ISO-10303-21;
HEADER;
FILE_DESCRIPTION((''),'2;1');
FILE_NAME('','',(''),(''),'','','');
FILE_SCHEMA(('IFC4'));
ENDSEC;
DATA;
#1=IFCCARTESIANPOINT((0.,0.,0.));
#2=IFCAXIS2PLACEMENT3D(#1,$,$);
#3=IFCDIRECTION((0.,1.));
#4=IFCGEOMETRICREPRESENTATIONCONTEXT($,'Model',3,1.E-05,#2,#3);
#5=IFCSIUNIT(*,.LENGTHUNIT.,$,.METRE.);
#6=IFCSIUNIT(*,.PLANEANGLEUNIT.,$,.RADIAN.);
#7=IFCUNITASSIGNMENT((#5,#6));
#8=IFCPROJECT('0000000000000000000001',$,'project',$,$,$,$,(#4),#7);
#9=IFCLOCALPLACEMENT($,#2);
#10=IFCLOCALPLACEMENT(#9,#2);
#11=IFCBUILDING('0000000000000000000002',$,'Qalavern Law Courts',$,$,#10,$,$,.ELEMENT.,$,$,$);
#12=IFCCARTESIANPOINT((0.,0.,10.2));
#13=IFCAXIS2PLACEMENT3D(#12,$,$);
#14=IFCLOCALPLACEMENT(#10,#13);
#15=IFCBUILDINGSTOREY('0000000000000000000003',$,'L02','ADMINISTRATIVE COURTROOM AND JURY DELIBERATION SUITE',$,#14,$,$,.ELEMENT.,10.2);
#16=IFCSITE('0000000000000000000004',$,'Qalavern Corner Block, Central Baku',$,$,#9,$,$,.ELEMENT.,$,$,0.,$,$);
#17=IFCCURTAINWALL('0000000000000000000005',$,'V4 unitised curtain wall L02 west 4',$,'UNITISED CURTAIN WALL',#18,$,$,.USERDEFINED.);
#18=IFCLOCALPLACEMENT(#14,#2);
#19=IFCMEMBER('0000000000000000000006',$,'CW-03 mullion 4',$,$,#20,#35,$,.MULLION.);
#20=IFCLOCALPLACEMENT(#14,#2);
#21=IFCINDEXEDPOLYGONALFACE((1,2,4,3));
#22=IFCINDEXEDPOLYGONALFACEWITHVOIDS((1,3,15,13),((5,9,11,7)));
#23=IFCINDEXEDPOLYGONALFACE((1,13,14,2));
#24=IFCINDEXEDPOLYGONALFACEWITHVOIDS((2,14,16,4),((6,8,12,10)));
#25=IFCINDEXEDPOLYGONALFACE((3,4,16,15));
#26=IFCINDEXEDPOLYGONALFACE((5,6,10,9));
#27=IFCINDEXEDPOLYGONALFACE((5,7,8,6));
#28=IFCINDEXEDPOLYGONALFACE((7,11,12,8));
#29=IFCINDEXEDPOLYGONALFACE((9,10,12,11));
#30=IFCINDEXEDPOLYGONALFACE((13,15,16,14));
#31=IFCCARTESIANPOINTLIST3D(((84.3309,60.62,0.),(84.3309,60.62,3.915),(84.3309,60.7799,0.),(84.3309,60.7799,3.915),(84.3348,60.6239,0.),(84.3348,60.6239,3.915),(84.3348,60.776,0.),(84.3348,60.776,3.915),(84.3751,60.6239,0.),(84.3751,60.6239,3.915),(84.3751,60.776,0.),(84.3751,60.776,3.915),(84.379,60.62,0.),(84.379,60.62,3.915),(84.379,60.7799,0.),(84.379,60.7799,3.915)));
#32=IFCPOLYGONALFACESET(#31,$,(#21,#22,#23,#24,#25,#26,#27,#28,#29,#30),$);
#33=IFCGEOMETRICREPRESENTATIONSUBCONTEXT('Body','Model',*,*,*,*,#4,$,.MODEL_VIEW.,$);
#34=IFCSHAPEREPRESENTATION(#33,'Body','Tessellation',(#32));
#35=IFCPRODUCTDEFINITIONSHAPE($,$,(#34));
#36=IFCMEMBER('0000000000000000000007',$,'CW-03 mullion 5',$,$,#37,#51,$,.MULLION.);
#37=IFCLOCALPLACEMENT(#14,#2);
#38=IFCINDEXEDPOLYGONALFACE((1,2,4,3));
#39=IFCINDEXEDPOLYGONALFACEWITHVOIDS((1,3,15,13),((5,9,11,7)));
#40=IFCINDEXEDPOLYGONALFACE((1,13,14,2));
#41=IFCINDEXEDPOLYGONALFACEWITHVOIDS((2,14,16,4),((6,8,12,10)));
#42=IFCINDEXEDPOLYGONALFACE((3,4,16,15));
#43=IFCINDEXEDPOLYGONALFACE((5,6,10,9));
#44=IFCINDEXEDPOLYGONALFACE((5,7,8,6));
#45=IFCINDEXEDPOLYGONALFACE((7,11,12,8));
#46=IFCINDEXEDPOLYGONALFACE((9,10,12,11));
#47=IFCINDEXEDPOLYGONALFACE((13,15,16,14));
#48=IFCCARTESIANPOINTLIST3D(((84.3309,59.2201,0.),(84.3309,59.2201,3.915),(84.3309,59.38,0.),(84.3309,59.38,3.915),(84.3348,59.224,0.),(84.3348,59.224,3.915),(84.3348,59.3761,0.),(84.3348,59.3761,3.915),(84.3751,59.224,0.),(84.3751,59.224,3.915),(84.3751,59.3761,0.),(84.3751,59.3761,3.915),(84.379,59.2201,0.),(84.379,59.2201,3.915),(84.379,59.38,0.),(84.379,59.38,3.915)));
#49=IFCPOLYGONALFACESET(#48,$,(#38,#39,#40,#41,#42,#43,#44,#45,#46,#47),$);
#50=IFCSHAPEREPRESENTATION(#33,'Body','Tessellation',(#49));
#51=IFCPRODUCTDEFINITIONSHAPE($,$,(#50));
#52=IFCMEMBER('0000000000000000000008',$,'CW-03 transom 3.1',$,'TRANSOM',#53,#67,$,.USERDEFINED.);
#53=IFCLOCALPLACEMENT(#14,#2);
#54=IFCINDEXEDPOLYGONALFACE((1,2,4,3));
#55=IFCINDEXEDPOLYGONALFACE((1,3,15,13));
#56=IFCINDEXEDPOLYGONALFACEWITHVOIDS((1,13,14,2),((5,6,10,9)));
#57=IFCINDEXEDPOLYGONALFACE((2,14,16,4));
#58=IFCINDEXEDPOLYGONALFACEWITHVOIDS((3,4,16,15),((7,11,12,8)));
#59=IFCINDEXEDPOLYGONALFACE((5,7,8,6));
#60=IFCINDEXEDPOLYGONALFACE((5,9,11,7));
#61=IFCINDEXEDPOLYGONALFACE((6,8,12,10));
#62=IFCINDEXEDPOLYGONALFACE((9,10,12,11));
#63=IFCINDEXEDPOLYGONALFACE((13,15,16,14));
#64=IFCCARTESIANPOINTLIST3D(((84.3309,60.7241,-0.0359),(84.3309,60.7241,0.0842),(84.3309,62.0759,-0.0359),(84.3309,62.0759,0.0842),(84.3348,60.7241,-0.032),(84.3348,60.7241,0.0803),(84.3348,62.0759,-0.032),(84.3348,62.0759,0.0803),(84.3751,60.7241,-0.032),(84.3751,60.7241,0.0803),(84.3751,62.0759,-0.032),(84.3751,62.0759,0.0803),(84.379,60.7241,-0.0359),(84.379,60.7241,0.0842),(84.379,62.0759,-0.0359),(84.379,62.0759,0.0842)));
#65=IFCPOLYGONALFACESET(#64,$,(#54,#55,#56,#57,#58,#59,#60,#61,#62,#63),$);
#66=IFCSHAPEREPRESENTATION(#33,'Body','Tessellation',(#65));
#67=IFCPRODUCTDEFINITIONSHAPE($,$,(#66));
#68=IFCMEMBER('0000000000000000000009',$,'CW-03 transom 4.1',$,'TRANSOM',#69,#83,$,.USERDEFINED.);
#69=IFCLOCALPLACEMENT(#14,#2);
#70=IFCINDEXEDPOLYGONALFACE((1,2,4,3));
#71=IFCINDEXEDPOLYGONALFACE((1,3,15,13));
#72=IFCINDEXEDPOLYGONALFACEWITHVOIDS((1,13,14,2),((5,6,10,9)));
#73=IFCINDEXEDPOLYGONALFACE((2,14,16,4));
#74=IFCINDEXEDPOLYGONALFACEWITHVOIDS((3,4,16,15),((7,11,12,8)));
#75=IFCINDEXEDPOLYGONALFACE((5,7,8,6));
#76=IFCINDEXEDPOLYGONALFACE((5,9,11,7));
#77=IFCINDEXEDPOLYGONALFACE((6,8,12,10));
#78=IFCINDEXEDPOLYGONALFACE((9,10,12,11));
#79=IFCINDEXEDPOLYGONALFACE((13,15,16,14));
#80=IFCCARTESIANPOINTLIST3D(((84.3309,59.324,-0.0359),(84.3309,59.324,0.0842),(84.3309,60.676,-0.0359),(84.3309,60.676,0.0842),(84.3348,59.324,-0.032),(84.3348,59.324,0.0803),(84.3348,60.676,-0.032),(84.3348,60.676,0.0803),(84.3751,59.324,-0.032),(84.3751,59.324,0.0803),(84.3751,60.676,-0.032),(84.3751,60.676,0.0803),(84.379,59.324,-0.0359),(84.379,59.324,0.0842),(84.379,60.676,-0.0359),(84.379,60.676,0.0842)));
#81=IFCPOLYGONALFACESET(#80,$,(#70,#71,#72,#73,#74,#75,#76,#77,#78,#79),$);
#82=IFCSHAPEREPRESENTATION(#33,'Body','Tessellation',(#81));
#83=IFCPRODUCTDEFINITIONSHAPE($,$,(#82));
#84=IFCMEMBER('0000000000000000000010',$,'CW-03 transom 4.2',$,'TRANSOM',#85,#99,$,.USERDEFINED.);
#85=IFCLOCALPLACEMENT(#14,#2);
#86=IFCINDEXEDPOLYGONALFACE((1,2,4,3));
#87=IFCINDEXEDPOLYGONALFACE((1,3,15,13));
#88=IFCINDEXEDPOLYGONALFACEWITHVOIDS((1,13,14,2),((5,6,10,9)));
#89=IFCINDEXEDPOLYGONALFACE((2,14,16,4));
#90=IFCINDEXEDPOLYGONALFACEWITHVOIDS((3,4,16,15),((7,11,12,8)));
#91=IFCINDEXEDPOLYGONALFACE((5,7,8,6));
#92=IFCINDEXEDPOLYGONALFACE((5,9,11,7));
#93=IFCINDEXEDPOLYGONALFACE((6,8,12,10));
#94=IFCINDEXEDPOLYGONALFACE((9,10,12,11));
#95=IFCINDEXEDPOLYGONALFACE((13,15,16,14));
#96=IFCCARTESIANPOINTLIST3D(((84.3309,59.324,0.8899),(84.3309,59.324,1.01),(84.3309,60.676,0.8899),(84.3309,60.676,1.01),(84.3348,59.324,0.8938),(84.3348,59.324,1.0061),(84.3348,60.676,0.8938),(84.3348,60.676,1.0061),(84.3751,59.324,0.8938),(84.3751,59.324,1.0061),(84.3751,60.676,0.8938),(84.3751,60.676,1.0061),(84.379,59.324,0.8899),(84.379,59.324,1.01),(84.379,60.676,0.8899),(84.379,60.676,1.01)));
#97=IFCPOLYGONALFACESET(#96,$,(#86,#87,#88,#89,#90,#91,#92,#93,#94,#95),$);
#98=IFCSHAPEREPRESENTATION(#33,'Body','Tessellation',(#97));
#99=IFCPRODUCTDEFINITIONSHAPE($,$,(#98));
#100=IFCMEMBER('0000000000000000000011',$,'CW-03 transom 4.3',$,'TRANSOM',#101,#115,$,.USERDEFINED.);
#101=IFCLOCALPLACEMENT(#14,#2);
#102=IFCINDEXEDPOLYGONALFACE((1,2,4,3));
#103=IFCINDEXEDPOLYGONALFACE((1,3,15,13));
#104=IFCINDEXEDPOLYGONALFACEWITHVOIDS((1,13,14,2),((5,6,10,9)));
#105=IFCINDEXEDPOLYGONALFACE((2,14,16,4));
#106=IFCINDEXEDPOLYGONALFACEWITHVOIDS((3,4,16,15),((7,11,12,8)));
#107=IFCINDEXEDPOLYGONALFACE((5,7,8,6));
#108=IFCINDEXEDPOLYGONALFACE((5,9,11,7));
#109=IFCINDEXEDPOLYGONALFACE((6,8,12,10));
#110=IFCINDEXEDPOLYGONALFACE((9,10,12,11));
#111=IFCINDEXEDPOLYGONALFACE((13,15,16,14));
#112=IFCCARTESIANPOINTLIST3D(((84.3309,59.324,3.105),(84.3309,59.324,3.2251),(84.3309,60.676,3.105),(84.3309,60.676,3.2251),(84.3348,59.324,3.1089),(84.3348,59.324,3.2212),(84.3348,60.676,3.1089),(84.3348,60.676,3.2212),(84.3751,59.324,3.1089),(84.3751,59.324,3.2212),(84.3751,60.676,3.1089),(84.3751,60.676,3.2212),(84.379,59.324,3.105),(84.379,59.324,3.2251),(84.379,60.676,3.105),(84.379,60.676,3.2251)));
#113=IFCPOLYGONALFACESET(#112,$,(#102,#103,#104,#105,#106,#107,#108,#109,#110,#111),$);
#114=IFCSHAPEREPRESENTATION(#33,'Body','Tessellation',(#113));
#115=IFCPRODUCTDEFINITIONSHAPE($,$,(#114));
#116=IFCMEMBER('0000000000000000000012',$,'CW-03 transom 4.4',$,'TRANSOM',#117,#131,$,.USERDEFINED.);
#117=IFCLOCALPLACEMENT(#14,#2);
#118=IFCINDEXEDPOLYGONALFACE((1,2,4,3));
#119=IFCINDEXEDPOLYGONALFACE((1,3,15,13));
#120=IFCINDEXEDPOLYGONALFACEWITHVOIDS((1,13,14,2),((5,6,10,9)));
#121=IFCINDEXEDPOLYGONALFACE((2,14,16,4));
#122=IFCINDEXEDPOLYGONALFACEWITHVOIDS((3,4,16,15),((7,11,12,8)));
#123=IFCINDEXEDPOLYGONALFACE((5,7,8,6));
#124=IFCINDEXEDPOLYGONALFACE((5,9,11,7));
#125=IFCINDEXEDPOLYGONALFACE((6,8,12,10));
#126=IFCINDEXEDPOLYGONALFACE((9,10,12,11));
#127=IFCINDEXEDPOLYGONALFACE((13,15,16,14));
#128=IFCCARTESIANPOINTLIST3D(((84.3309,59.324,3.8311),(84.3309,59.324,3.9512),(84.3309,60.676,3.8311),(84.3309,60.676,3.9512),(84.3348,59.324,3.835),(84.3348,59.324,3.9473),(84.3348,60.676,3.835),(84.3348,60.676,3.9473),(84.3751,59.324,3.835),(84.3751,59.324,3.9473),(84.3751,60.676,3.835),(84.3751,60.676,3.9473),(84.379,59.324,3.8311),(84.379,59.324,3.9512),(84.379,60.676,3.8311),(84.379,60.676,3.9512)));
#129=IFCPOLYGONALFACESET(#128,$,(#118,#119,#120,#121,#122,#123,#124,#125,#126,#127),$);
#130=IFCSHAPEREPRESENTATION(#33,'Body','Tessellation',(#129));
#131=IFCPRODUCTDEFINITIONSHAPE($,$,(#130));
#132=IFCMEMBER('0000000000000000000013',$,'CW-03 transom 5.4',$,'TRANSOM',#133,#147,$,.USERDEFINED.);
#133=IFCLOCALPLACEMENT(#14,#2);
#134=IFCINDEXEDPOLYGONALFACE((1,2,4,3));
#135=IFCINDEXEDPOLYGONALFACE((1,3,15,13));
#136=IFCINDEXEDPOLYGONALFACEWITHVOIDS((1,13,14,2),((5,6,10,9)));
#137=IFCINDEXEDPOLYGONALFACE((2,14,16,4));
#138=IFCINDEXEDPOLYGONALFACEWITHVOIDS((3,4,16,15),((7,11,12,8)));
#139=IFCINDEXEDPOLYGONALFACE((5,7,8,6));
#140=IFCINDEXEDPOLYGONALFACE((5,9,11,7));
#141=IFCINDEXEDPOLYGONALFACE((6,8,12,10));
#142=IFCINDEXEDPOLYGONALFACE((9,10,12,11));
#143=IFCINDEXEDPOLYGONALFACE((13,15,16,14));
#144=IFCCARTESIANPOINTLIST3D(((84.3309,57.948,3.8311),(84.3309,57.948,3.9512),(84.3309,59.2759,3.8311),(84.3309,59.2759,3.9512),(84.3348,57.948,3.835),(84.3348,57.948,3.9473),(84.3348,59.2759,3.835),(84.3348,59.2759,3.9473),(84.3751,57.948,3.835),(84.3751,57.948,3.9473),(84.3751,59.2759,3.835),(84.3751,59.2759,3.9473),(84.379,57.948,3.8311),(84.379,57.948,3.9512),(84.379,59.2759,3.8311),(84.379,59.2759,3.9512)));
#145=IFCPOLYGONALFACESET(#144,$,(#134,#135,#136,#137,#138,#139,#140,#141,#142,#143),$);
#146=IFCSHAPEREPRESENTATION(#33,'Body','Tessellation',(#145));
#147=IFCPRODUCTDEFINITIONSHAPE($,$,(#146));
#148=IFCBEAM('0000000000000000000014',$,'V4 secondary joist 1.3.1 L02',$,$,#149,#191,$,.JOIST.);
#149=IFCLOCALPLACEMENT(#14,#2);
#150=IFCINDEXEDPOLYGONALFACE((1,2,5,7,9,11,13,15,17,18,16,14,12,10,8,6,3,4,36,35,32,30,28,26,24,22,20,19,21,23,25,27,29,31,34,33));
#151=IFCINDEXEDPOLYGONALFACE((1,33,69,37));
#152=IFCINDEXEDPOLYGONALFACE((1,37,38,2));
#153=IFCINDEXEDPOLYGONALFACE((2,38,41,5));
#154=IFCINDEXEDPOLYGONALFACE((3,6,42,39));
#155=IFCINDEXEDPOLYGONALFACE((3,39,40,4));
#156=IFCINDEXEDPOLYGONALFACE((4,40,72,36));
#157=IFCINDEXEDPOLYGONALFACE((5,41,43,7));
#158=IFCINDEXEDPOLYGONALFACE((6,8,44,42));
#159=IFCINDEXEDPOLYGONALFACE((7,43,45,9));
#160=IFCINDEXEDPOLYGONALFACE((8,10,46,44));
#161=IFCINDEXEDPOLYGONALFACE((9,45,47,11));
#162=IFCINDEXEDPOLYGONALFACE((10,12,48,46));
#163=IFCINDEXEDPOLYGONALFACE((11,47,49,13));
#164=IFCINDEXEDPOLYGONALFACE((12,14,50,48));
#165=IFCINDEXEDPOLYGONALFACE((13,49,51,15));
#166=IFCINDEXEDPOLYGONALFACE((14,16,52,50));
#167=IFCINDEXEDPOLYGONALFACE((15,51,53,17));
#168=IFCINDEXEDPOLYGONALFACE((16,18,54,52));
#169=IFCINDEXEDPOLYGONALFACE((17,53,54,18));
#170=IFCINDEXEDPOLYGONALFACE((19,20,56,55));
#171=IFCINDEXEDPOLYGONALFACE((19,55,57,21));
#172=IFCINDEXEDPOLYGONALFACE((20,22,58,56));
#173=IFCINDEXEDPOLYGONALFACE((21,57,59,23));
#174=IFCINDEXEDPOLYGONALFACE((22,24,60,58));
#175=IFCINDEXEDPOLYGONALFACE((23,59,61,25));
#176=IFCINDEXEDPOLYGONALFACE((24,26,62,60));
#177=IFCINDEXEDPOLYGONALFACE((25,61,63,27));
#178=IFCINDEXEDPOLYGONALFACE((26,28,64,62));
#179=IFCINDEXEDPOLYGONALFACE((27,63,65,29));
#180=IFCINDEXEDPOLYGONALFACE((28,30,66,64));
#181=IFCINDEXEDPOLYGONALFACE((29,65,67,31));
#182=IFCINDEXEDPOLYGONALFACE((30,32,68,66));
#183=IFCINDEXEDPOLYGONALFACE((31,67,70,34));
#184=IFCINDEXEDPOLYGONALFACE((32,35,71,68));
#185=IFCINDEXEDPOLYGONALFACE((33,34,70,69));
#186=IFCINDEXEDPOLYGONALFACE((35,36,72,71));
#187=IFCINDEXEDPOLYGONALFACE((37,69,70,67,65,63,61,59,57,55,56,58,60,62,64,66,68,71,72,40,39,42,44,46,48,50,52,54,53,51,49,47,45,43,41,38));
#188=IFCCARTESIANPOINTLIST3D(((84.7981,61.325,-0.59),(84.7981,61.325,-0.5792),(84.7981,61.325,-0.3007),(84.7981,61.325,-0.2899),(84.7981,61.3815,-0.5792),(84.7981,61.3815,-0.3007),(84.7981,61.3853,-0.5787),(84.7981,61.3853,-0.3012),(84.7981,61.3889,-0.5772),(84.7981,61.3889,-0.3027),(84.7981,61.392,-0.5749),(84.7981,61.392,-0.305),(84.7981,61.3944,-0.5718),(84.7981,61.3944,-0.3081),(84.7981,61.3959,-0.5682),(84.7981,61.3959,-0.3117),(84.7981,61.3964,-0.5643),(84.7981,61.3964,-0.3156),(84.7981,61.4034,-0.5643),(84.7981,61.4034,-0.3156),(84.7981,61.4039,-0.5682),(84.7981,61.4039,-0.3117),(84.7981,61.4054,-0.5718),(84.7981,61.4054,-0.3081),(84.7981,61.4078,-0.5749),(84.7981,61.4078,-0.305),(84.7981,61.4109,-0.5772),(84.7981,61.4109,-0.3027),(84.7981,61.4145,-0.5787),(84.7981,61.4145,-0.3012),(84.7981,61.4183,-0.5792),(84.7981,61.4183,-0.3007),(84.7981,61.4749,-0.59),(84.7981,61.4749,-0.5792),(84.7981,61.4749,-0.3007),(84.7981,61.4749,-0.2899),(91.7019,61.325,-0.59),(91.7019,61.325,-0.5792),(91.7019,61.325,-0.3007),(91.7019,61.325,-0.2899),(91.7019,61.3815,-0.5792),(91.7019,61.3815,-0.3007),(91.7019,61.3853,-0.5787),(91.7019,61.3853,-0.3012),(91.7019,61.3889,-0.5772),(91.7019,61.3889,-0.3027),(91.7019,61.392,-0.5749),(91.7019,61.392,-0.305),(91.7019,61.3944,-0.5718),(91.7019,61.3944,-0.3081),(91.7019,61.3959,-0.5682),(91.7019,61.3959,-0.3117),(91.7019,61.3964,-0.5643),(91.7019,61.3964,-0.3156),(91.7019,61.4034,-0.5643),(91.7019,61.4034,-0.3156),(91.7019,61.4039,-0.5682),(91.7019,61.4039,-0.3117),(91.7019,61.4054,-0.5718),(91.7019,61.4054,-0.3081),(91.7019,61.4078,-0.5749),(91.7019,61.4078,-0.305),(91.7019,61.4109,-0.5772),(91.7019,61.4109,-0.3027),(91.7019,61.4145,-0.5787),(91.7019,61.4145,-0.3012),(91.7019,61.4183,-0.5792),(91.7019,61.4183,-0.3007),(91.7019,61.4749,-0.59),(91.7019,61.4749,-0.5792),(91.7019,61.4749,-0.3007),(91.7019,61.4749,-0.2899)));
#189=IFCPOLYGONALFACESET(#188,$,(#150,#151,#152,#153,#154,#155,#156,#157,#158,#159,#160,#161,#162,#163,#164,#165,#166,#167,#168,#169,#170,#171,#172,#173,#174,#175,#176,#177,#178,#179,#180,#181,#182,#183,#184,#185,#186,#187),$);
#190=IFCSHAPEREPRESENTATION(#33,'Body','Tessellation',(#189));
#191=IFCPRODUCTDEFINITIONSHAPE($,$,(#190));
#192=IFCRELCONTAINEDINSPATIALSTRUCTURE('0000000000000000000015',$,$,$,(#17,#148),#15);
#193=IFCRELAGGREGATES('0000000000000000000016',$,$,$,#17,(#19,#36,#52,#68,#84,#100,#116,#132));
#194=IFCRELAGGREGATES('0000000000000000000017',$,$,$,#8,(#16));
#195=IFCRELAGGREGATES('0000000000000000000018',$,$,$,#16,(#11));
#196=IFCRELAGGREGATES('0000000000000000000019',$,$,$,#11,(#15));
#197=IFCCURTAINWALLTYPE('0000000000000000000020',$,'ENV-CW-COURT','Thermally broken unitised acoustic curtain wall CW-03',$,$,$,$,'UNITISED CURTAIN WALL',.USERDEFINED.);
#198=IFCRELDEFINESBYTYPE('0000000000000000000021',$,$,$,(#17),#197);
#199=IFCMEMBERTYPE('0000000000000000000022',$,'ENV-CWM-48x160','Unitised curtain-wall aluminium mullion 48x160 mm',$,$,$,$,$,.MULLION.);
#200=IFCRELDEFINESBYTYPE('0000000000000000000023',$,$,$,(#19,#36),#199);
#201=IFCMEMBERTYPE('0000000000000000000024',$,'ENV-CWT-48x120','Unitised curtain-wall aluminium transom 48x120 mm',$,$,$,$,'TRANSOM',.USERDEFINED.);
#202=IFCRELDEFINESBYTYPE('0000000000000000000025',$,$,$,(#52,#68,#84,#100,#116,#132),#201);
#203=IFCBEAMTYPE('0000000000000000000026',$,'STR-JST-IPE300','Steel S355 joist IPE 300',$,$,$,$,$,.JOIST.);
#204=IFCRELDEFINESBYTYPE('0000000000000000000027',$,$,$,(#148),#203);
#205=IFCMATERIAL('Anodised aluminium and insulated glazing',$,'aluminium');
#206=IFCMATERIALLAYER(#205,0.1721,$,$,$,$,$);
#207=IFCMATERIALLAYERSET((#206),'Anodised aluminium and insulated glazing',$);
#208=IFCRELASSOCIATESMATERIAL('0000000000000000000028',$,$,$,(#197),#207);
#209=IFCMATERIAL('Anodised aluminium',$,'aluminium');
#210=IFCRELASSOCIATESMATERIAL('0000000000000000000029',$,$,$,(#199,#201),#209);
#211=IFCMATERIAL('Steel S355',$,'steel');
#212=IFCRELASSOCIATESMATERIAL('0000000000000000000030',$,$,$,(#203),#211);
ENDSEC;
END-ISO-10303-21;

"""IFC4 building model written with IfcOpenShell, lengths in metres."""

from ifc_helpers import new_model, si_unit, direction, frame, origin, origin_2d, place, context, subcontext, project, spatial, hollow_rectangle, i_section, extrude, material, layer, layer_set, material_profile, profile_set, type_object, element, aggregate, save


model = new_model("IFC4")

# Units and contexts
model_context = context("Model", 3, precision=1e-05, world=origin(), true_north=direction((0.0, 1.0)))
body_context = subcontext(model_context, "Body", "Model", "MODEL_VIEW")
ifc_project = project(units=[si_unit("LENGTHUNIT", "METRE"), si_unit("PLANEANGLEUNIT", "RADIAN")], contexts=[model_context])

# Site, building, storey
site_placement = place(None, origin())
site = spatial("IfcSite", under=ifc_project, at=site_placement, Name="Qalavern Corner Block, Central Baku", CompositionType="ELEMENT", RefElevation=0.0)
building_placement = place(site_placement, origin())
building = spatial("IfcBuilding", under=site, at=building_placement, Name="Qalavern Law Courts", CompositionType="ELEMENT")
storey_placement = place(building_placement, frame((0.0, 0.0, 10.2)))
storey = spatial("IfcBuildingStorey", under=building, at=storey_placement, Name="L02", Description="ADMINISTRATIVE COURTROOM AND JURY DELIBERATION SUITE", CompositionType="ELEMENT", Elevation=10.2)

# Curtain wall, members
ifc_material_1 = material(Name="Anodised aluminium and insulated glazing", Category="aluminium")
ifc_layer_1 = layer(ifc_material_1, 0.1721)
ifc_layer_set_1 = layer_set([ifc_layer_1], Name="Anodised aluminium and insulated glazing")
curtain_wall_type = type_object("IfcCurtainWallType", Name="ENV-CW-COURT", Description="Thermally broken unitised acoustic curtain wall CW-03", ElementType="UNITISED CURTAIN WALL", PredefinedType="USERDEFINED", material=ifc_layer_set_1)
curtain_wall_placement = place(storey_placement, origin())
curtain_wall = element("IfcCurtainWall", 1, at=curtain_wall_placement, inside=storey, type_object=curtain_wall_type, Name="V4 unitised curtain wall L02 west 4", ObjectType="UNITISED CURTAIN WALL", PredefinedType="USERDEFINED")
ifc_material_2 = material(Name="Anodised aluminium", Category="aluminium")
ifc_material_profile_1 = material_profile(ifc_material_2, hollow_rectangle(XDim=0.0481, YDim=0.1599, WallThickness=0.0039, at=origin_2d()), Name="ALU MULLION 48x160")
ifc_profile_set_1 = profile_set([ifc_material_profile_1], Name="Anodised aluminium")
member_type_1 = type_object("IfcMemberType", Name="ENV-CWM-48x160", Description="Unitised curtain-wall aluminium mullion 48x160 mm", PredefinedType="MULLION", material=ifc_profile_set_1)
member_1_placement = place(storey_placement, frame((84.355, 60.7, 0.0), z_axis=(0.0, 0.0, 1.0), x_axis=(1.0, 0.0, 0.0)))
member_1 = element("IfcMember", 2, at=member_1_placement, type_object=member_type_1, Name="CW-03 mullion 4", PredefinedType="MULLION", context=body_context, shape_type="SweptSolid", body=[
    extrude(hollow_rectangle(XDim=0.0481, YDim=0.1599, WallThickness=0.0039, at=origin_2d()), origin(), (0.0, 0.0, 1.0), 3.915),
])
member_2_placement = place(storey_placement, frame((84.355, 59.3, 0.0), z_axis=(0.0, 0.0, 1.0), x_axis=(1.0, 0.0, 0.0)))
member_2 = element("IfcMember", 3, at=member_2_placement, type_object=member_type_1, Name="CW-03 mullion 5", PredefinedType="MULLION", context=body_context, shape_type="SweptSolid", body=[
    extrude(hollow_rectangle(XDim=0.0481, YDim=0.1599, WallThickness=0.0039, at=origin_2d()), origin(), (0.0, 0.0, 1.0), 3.915),
])
ifc_material_profile_2 = material_profile(ifc_material_2, hollow_rectangle(XDim=0.0481, YDim=0.1201, WallThickness=0.0039, at=origin_2d()), Name="ALU TRANSOM 48x120")
ifc_profile_set_2 = profile_set([ifc_material_profile_2], Name="Anodised aluminium")
member_type_2 = type_object("IfcMemberType", Name="ENV-CWT-48x120", Description="Unitised curtain-wall aluminium transom 48x120 mm", ElementType="TRANSOM", PredefinedType="USERDEFINED", material=ifc_profile_set_2)
member_3_placement = place(storey_placement, frame((84.355, 62.0759, 0.0242), z_axis=(0.0, -1.0, 0.0), x_axis=(1.0, 0.0, 0.0)))
member_3 = element("IfcMember", 4, at=member_3_placement, type_object=member_type_2, Name="CW-03 transom 3.1", ObjectType="TRANSOM", PredefinedType="USERDEFINED", context=body_context, shape_type="SweptSolid", body=[
    extrude(hollow_rectangle(XDim=0.0481, YDim=0.1201, WallThickness=0.0039, at=origin_2d()), origin(), (0.0, 0.0, 1.0), 1.3518),
])
member_4_placement = place(storey_placement, frame((84.355, 60.676, 0.0242), z_axis=(0.0, -1.0, 0.0), x_axis=(1.0, 0.0, 0.0)))
member_4 = element("IfcMember", 5, at=member_4_placement, type_object=member_type_2, Name="CW-03 transom 4.1", ObjectType="TRANSOM", PredefinedType="USERDEFINED", context=body_context, shape_type="SweptSolid", body=[
    extrude(hollow_rectangle(XDim=0.0481, YDim=0.1201, WallThickness=0.0039, at=origin_2d()), origin(), (0.0, 0.0, 1.0), 1.3521),
])
member_5_placement = place(storey_placement, frame((84.355, 60.676, 0.95), z_axis=(0.0, -1.0, 0.0), x_axis=(1.0, 0.0, 0.0)))
member_5 = element("IfcMember", 6, at=member_5_placement, type_object=member_type_2, Name="CW-03 transom 4.2", ObjectType="TRANSOM", PredefinedType="USERDEFINED", context=body_context, shape_type="SweptSolid", body=[
    extrude(hollow_rectangle(XDim=0.0481, YDim=0.1201, WallThickness=0.0039, at=origin_2d()), origin(), (0.0, 0.0, 1.0), 1.3521),
])
member_6_placement = place(storey_placement, frame((84.355, 60.676, 3.165), z_axis=(0.0, -1.0, 0.0), x_axis=(1.0, 0.0, 0.0)))
member_6 = element("IfcMember", 7, at=member_6_placement, type_object=member_type_2, Name="CW-03 transom 4.3", ObjectType="TRANSOM", PredefinedType="USERDEFINED", context=body_context, shape_type="SweptSolid", body=[
    extrude(hollow_rectangle(XDim=0.0481, YDim=0.1201, WallThickness=0.0039, at=origin_2d()), origin(), (0.0, 0.0, 1.0), 1.3521),
])
member_7_placement = place(storey_placement, frame((84.355, 60.676, 3.8911), z_axis=(0.0, -1.0, 0.0), x_axis=(1.0, 0.0, 0.0)))
member_7 = element("IfcMember", 8, at=member_7_placement, type_object=member_type_2, Name="CW-03 transom 4.4", ObjectType="TRANSOM", PredefinedType="USERDEFINED", context=body_context, shape_type="SweptSolid", body=[
    extrude(hollow_rectangle(XDim=0.0481, YDim=0.1201, WallThickness=0.0039, at=origin_2d()), origin(), (0.0, 0.0, 1.0), 1.3521),
])
member_8_placement = place(storey_placement, frame((84.355, 59.2759, 3.8911), z_axis=(0.0, -1.0, 0.0), x_axis=(1.0, 0.0, 0.0)))
member_8 = element("IfcMember", 9, at=member_8_placement, type_object=member_type_2, Name="CW-03 transom 5.4", ObjectType="TRANSOM", PredefinedType="USERDEFINED", context=body_context, shape_type="SweptSolid", body=[
    extrude(hollow_rectangle(XDim=0.0481, YDim=0.1201, WallThickness=0.0039, at=origin_2d()), origin(), (0.0, 0.0, 1.0), 1.3279),
])

# Beam
ifc_material_3 = material(Name="Steel S355", Category="steel")
ifc_material_profile_3 = material_profile(ifc_material_3, i_section(OverallWidth=0.1499, OverallDepth=0.3, WebThickness=0.0071, FlangeThickness=0.0107, FilletRadius=0.0149, at=origin_2d()), Name="IPE 300")
ifc_profile_set_3 = profile_set([ifc_material_profile_3], Name="Steel S355")
beam_type = type_object("IfcBeamType", Name="STR-JST-IPE300", Description="Steel S355 joist IPE 300", PredefinedType="JOIST", material=ifc_profile_set_3)
beam_placement = place(storey_placement, frame((84.7981, 61.3999, -0.4399), z_axis=(1.0, 0.0, 0.0), x_axis=(0.0, 1.0, 0.0)))
element("IfcBeam", 10, at=beam_placement, inside=storey, type_object=beam_type, Name="V4 secondary joist 1.3.1 L02", PredefinedType="JOIST", context=body_context, shape_type="SweptSolid", body=[
    extrude(i_section(OverallWidth=0.1499, OverallDepth=0.3, WebThickness=0.0071, FlangeThickness=0.0107, FilletRadius=0.0149, at=origin_2d()), origin(), (0.0, 0.0, 1.0), 6.9038),
])

aggregate(curtain_wall, [member_1, member_2, member_3, member_4, member_5, member_6, member_7, member_8])

save(model, "model.ifc")
